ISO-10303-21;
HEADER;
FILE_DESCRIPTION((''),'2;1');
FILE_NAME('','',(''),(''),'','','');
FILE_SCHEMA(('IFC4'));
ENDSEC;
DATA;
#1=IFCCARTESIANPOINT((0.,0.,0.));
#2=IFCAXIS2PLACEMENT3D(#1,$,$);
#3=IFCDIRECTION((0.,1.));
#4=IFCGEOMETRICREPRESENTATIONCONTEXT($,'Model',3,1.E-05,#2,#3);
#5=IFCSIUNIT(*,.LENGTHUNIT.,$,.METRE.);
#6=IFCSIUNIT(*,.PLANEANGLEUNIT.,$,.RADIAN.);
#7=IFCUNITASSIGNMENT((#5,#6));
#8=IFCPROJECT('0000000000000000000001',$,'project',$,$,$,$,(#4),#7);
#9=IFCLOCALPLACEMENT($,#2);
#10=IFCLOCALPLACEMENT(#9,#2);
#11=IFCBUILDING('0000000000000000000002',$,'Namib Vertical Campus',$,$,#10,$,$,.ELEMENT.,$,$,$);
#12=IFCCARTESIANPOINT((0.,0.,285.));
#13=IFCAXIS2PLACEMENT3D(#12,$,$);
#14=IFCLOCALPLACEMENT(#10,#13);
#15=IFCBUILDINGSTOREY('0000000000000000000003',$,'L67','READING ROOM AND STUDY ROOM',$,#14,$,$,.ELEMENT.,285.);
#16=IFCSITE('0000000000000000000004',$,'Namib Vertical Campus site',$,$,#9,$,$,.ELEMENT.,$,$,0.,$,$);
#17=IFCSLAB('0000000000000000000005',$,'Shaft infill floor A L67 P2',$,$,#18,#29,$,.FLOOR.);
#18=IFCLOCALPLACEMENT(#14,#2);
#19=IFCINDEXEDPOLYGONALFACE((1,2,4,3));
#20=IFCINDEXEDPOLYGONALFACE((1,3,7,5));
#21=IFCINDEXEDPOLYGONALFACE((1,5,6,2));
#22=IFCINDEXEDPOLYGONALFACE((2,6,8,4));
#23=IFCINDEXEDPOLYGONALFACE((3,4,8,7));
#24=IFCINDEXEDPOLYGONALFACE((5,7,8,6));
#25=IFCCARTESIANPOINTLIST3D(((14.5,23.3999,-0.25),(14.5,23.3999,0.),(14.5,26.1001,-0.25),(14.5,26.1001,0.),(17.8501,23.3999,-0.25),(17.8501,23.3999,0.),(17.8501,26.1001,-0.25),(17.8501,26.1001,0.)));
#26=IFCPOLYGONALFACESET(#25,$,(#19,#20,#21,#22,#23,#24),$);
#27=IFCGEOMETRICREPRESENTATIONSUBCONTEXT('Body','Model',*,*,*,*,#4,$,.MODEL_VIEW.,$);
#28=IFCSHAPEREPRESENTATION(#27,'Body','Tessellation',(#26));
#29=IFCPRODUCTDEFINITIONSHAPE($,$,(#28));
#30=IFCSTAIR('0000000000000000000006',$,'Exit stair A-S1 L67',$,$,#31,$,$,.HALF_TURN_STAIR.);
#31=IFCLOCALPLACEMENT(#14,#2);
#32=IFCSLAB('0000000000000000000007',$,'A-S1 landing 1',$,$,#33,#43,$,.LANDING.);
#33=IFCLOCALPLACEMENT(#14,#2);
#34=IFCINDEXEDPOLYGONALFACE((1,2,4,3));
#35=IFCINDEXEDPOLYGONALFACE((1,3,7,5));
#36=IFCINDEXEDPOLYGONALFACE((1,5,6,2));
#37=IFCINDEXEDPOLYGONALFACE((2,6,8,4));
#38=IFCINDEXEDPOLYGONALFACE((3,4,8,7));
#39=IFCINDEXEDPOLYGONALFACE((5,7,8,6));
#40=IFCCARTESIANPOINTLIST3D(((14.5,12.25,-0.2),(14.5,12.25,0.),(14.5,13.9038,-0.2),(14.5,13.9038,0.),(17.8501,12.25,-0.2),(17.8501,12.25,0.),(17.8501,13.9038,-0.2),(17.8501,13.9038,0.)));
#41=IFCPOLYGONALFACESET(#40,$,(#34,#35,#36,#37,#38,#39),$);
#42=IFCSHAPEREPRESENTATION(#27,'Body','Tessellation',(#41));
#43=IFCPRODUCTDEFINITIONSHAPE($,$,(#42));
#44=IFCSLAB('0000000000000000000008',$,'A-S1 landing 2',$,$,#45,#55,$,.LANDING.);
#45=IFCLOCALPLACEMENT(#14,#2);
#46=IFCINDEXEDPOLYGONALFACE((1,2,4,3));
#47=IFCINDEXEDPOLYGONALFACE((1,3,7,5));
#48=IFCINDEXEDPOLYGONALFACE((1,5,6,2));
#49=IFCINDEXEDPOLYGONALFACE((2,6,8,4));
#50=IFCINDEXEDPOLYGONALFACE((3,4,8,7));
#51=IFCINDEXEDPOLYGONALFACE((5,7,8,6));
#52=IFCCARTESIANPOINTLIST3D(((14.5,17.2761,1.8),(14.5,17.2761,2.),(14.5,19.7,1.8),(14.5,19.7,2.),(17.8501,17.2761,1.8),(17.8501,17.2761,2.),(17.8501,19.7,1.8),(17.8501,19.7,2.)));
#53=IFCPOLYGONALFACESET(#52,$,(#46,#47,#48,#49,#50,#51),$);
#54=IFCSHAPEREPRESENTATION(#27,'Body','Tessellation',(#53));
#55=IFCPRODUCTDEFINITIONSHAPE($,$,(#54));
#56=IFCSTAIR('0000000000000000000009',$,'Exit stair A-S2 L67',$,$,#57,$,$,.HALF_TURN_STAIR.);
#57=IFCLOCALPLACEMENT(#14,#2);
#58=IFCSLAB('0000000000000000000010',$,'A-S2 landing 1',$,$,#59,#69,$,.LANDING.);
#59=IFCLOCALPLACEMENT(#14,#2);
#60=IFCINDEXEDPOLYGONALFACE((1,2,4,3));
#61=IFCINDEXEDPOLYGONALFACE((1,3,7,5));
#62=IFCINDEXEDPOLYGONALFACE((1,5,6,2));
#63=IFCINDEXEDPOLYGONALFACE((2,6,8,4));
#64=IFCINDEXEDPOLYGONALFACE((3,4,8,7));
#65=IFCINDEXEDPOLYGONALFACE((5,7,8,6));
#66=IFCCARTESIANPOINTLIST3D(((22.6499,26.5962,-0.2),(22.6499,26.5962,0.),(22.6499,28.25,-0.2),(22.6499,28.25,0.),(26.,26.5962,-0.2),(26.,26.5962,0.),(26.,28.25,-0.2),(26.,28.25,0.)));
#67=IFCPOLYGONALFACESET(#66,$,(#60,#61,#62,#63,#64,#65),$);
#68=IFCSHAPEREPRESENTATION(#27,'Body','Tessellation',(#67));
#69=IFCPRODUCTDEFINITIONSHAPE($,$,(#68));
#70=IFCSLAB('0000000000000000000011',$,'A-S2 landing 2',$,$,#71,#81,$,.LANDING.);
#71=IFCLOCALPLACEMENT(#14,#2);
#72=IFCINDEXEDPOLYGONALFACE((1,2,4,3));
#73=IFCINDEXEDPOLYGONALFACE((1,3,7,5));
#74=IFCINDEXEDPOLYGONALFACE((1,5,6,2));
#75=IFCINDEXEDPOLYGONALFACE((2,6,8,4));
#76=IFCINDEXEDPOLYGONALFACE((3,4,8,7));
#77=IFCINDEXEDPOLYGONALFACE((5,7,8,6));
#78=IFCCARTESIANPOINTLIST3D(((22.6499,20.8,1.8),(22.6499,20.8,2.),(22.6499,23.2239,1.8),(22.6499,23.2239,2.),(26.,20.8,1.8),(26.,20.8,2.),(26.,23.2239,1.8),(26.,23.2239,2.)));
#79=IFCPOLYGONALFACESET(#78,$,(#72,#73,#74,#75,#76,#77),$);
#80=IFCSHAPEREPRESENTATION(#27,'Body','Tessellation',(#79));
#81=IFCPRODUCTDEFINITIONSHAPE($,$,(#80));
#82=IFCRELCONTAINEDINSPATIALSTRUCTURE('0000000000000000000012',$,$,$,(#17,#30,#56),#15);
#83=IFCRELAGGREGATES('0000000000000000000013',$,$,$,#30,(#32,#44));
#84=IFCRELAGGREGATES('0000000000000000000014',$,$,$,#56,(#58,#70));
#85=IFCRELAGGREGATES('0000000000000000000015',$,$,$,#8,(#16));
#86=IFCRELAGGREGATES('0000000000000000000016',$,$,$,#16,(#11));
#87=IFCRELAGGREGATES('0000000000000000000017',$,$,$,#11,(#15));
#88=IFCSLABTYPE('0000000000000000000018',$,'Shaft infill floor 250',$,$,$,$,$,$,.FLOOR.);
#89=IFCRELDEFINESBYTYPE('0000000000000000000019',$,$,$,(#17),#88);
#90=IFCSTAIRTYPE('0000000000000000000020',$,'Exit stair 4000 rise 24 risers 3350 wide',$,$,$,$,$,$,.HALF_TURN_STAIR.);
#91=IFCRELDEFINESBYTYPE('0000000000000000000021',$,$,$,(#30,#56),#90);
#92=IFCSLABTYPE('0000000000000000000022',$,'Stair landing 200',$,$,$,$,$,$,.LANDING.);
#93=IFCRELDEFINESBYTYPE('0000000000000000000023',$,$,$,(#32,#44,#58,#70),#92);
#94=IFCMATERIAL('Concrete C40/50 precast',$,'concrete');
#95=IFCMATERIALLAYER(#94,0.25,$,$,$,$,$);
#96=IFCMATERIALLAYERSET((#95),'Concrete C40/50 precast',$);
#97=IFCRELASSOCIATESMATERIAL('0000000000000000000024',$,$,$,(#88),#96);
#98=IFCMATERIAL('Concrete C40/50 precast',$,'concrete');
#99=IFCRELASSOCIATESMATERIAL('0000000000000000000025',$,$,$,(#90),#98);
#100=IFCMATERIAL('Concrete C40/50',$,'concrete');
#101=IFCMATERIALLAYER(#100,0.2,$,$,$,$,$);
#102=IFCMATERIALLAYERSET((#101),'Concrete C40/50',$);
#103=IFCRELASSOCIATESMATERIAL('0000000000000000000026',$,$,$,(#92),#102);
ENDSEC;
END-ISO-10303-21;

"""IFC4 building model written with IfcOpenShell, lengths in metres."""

from ifc_helpers import new_model, si_unit, direction, frame, origin, place, context, subcontext, project, spatial, polyline, outline, extrude, material, layer, layer_set, type_object, element, aggregate, save


model = new_model("IFC4")

# Units and contexts
model_context = context("Model", 3, precision=1e-05, world=origin(), true_north=direction((0.0, 1.0)))
body_context = subcontext(model_context, "Body", "Model", "MODEL_VIEW")
ifc_project = project(units=[si_unit("LENGTHUNIT", "METRE"), si_unit("PLANEANGLEUNIT", "RADIAN")], contexts=[model_context])

# Site, building, storey
site_placement = place(None, origin())
site = spatial("IfcSite", under=ifc_project, at=site_placement, Name="Namib Vertical Campus site", CompositionType="ELEMENT", RefElevation=0.0)
building_placement = place(site_placement, origin())
building = spatial("IfcBuilding", under=site, at=building_placement, Name="Namib Vertical Campus", CompositionType="ELEMENT")
storey_placement = place(building_placement, frame((0.0, 0.0, 285.0)))
storey = spatial("IfcBuildingStorey", under=building, at=storey_placement, Name="L67", Description="READING ROOM AND STUDY ROOM", CompositionType="ELEMENT", Elevation=285.0)

# Slab
ifc_material_1 = material(Name="Concrete C40/50 precast", Category="concrete")
ifc_layer_1 = layer(ifc_material_1, 0.25)
ifc_layer_set_1 = layer_set([ifc_layer_1], Name="Concrete C40/50 precast")
slab_type_1 = type_object("IfcSlabType", Name="Shaft infill floor 250", PredefinedType="FLOOR", material=ifc_layer_set_1)
slab_1_placement = place(storey_placement, frame((0.0, 0.0, -0.25)))
element("IfcSlab", 1, at=slab_1_placement, inside=storey, type_object=slab_type_1, Name="Shaft infill floor A L67 P2", PredefinedType="FLOOR", context=body_context, shape_type="SweptSolid", body=[
    extrude(outline(polyline([(14.5, 23.3999), (17.8501, 23.3999), (17.8501, 26.1001), (14.5, 26.1001), (14.5, 23.3999)])), origin(), (0.0, 0.0, 1.0), 0.25),
])

# Stairs, slabs
ifc_material_2 = material(Name="Concrete C40/50 precast", Category="concrete")
stair_type = type_object("IfcStairType", Name="Exit stair 4000 rise 24 risers 3350 wide", PredefinedType="HALF_TURN_STAIR", material=ifc_material_2)
stair_1_placement = place(storey_placement, origin())
stair_1 = element("IfcStair", 2, at=stair_1_placement, inside=storey, type_object=stair_type, Name="Exit stair A-S1 L67", PredefinedType="HALF_TURN_STAIR")
ifc_material_3 = material(Name="Concrete C40/50", Category="concrete")
ifc_layer_2 = layer(ifc_material_3, 0.2)
ifc_layer_set_2 = layer_set([ifc_layer_2], Name="Concrete C40/50")
slab_type_2 = type_object("IfcSlabType", Name="Stair landing 200", PredefinedType="LANDING", material=ifc_layer_set_2)
slab_2_placement = place(storey_placement, frame((0.0, 0.0, -0.2)))
slab_2 = element("IfcSlab", 3, at=slab_2_placement, type_object=slab_type_2, Name="A-S1 landing 1", PredefinedType="LANDING", context=body_context, shape_type="SweptSolid", body=[
    extrude(outline(polyline([(14.5, 12.25), (17.8501, 12.25), (17.8501, 13.9038), (14.5, 13.9038), (14.5, 12.25)])), origin(), (0.0, 0.0, 1.0), 0.2),
])
slab_3_placement = place(storey_placement, frame((0.0, 0.0, 1.8)))
slab_3 = element("IfcSlab", 4, at=slab_3_placement, type_object=slab_type_2, Name="A-S1 landing 2", PredefinedType="LANDING", context=body_context, shape_type="SweptSolid", body=[
    extrude(outline(polyline([(14.5, 17.2761), (17.8501, 17.2761), (17.8501, 19.7), (14.5, 19.7), (14.5, 17.2761)])), origin(), (0.0, 0.0, 1.0), 0.2),
])
aggregate(stair_1, [slab_2, slab_3])
stair_2_placement = place(storey_placement, origin())
stair_2 = element("IfcStair", 5, at=stair_2_placement, inside=storey, type_object=stair_type, Name="Exit stair A-S2 L67", PredefinedType="HALF_TURN_STAIR")
slab_4_placement = place(storey_placement, frame((0.0, 0.0, -0.2)))
slab_4 = element("IfcSlab", 6, at=slab_4_placement, type_object=slab_type_2, Name="A-S2 landing 1", PredefinedType="LANDING", context=body_context, shape_type="SweptSolid", body=[
    extrude(outline(polyline([(22.6499, 26.5962), (26.0, 26.5962), (26.0, 28.25), (22.6499, 28.25), (22.6499, 26.5962)])), origin(), (0.0, 0.0, 1.0), 0.2),
])
slab_5_placement = place(storey_placement, frame((0.0, 0.0, 1.8)))
slab_5 = element("IfcSlab", 7, at=slab_5_placement, type_object=slab_type_2, Name="A-S2 landing 2", PredefinedType="LANDING", context=body_context, shape_type="SweptSolid", body=[
    extrude(outline(polyline([(22.6499, 20.8), (26.0, 20.8), (26.0, 23.2239), (22.6499, 23.2239), (22.6499, 20.8)])), origin(), (0.0, 0.0, 1.0), 0.2),
])
aggregate(stair_2, [slab_4, slab_5])

save(model, "model.ifc")
